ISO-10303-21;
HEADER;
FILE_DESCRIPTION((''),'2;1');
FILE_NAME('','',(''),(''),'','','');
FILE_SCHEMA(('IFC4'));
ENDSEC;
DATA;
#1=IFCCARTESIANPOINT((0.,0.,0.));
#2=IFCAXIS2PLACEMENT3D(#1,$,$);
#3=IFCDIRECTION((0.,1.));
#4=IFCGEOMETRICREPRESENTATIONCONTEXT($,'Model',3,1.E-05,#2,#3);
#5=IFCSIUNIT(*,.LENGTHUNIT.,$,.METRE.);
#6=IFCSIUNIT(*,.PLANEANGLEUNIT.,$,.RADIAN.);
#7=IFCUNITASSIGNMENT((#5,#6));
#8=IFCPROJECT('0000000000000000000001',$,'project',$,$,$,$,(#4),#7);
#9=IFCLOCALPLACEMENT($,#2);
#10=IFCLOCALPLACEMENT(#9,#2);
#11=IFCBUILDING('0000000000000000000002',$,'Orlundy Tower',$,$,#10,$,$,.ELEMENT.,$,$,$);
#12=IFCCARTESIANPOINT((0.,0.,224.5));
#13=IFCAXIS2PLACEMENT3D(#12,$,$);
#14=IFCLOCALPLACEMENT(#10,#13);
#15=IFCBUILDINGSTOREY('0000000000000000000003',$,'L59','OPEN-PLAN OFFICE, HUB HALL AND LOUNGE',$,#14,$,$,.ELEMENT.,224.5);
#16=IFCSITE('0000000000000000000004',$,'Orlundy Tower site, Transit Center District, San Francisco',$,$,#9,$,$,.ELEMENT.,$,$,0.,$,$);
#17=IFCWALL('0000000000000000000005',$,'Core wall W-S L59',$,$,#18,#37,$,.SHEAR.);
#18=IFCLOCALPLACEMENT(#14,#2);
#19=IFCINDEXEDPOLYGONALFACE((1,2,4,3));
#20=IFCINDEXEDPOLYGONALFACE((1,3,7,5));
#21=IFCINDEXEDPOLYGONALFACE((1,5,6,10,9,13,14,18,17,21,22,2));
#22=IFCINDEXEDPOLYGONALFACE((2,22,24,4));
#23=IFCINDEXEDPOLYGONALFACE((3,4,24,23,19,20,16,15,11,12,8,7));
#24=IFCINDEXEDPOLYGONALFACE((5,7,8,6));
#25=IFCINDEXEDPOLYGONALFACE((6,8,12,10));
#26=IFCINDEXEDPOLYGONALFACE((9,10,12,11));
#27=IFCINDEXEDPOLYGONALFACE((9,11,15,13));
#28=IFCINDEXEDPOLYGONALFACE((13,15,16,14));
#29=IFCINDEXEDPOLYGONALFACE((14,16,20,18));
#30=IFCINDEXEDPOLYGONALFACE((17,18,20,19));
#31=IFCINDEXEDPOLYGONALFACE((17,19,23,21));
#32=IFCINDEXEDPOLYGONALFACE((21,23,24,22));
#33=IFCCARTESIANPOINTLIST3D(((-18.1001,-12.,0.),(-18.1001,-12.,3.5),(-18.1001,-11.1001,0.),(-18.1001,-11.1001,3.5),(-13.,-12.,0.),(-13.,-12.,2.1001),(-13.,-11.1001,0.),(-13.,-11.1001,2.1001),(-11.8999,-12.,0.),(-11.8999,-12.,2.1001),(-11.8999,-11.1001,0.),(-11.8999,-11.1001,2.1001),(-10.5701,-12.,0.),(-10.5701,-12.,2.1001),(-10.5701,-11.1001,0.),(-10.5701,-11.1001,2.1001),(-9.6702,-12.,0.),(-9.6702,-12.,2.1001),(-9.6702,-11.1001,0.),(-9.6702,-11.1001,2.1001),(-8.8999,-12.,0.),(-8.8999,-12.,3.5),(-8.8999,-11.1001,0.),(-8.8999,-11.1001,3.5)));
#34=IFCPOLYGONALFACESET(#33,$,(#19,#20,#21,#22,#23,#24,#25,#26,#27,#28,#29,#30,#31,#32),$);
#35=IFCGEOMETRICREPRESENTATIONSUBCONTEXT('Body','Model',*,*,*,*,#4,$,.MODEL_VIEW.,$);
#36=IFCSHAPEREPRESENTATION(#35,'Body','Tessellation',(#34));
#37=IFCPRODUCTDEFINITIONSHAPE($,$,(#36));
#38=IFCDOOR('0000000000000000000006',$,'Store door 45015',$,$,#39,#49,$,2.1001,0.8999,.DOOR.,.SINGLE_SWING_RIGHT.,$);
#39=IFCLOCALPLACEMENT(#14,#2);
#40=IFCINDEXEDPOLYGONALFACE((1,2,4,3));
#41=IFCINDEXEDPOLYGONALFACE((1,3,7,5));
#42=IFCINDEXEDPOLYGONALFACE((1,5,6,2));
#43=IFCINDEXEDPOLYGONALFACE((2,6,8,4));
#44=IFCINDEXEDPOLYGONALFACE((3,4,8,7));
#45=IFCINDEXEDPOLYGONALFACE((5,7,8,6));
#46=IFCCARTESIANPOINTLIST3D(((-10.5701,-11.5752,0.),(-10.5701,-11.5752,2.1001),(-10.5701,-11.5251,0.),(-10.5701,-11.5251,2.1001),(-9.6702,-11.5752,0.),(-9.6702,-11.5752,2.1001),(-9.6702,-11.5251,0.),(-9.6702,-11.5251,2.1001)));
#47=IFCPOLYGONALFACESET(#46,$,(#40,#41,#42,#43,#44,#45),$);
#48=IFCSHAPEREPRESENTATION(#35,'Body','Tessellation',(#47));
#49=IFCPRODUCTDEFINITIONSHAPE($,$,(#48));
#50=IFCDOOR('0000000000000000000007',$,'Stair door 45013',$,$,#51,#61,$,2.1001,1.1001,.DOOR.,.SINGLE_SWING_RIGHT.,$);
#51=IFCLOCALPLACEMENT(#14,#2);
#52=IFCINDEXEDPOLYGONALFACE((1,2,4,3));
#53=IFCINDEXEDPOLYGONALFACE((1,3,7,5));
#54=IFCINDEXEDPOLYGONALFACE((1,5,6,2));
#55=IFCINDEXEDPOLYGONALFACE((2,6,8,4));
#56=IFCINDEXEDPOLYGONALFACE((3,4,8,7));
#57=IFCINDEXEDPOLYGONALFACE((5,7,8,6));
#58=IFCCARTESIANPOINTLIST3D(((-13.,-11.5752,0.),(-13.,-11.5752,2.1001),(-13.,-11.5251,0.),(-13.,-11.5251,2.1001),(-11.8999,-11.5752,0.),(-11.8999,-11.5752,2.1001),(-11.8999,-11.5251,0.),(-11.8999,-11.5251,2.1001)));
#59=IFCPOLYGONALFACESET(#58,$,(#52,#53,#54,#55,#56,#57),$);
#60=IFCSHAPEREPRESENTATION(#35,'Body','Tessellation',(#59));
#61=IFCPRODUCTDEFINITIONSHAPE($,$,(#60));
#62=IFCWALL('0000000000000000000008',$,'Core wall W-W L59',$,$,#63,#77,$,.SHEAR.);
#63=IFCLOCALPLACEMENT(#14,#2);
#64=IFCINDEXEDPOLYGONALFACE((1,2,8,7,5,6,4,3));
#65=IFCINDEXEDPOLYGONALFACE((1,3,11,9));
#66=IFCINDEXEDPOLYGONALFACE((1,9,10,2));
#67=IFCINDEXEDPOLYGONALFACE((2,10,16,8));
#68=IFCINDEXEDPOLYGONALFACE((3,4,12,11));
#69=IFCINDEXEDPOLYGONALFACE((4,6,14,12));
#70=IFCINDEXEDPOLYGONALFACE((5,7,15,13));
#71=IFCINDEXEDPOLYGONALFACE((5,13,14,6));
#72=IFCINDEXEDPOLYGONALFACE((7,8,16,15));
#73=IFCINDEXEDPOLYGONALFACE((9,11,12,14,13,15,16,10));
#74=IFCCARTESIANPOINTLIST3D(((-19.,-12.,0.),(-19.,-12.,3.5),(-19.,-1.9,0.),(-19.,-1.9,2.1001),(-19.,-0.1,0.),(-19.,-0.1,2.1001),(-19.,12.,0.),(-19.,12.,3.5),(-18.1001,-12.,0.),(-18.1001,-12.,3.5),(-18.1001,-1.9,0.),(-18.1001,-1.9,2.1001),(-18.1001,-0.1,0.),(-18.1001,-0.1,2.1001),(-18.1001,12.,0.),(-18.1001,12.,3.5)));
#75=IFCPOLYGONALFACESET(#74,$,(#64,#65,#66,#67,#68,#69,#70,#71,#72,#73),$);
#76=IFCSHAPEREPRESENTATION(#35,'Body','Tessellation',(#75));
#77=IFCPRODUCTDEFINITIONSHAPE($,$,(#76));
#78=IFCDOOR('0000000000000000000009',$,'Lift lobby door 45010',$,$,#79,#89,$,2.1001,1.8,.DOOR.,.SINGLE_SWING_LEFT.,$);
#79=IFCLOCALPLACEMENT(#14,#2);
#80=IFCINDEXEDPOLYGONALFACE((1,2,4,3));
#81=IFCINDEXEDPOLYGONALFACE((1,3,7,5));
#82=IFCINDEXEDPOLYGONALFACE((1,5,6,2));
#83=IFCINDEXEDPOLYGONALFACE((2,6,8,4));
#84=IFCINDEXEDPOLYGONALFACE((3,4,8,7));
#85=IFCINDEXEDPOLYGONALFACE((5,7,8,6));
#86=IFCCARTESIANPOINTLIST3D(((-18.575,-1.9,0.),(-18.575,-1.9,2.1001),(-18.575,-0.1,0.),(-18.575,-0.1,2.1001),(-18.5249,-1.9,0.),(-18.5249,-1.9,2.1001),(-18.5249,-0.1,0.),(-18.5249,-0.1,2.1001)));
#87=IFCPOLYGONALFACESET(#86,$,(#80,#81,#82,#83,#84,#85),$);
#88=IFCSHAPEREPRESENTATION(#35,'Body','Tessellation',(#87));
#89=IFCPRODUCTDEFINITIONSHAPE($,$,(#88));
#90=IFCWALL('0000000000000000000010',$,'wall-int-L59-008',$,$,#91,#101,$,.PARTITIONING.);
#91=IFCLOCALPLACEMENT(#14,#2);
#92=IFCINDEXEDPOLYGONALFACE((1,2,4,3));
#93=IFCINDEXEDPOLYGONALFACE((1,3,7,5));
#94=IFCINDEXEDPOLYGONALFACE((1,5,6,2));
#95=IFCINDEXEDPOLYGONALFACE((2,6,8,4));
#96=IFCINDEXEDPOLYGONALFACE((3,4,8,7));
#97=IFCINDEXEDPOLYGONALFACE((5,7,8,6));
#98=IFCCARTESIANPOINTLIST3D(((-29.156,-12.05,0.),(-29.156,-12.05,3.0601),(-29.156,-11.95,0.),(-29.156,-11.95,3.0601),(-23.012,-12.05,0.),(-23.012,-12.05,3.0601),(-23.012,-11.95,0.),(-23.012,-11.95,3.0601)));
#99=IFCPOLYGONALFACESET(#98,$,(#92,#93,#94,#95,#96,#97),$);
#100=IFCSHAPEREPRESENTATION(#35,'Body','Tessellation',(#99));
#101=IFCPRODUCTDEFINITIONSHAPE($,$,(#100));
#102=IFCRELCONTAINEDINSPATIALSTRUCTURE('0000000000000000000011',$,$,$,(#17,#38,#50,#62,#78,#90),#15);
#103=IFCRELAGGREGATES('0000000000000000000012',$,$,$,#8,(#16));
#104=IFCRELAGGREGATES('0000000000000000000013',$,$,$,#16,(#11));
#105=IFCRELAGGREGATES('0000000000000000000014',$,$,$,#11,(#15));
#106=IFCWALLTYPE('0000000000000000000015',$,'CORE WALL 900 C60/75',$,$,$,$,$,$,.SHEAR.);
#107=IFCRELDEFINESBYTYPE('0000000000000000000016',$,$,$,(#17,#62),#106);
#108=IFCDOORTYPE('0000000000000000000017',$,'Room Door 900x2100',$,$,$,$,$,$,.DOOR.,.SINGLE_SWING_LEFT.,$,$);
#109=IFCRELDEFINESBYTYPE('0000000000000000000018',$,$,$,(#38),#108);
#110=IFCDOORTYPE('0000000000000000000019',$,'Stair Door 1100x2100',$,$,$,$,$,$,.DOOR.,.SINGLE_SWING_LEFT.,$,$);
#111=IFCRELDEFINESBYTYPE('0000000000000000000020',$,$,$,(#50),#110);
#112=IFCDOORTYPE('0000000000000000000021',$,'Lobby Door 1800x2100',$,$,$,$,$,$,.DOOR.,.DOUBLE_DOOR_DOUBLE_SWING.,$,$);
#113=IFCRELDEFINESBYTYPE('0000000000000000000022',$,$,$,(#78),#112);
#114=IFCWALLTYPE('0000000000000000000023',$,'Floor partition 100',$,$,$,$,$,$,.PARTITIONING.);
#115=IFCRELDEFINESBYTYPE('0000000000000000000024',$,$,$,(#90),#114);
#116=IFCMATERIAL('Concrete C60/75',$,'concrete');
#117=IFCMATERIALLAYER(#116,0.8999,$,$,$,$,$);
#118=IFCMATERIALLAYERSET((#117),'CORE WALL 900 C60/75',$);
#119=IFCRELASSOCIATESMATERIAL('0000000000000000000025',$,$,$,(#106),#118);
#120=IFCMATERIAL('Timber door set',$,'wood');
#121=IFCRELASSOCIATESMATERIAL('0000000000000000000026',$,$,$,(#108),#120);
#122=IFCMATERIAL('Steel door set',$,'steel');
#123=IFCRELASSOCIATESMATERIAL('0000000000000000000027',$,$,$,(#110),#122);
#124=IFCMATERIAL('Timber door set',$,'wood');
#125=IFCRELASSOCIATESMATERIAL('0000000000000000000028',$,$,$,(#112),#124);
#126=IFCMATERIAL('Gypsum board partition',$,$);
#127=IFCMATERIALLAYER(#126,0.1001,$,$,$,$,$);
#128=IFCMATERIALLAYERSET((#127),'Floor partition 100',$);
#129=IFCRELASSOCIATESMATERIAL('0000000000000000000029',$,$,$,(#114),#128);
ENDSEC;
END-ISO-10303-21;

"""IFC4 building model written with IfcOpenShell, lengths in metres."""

from ifc_helpers import new_model, si_unit, direction, frame, frame_2d, origin, place, context, subcontext, project, spatial, rectangle, extrude, material, layer, layer_set, type_object, element, fill, save


model = new_model("IFC4")

# Units and contexts
model_context = context("Model", 3, precision=1e-05, world=origin(), true_north=direction((0.0, 1.0)))
body_context = subcontext(model_context, "Body", "Model", "MODEL_VIEW")
ifc_project = project(units=[si_unit("LENGTHUNIT", "METRE"), si_unit("PLANEANGLEUNIT", "RADIAN")], contexts=[model_context])

# Site, building, storey
site_placement = place(None, origin())
site = spatial("IfcSite", under=ifc_project, at=site_placement, Name="Orlundy Tower site, Transit Center District, San Francisco", CompositionType="ELEMENT", RefElevation=0.0)
building_placement = place(site_placement, origin())
building = spatial("IfcBuilding", under=site, at=building_placement, Name="Orlundy Tower", CompositionType="ELEMENT")
storey_placement = place(building_placement, frame((0.0, 0.0, 224.5)))
storey = spatial("IfcBuildingStorey", under=building, at=storey_placement, Name="L59", Description="OPEN-PLAN OFFICE, HUB HALL AND LOUNGE", CompositionType="ELEMENT", Elevation=224.5)

# Wall, openings, doors
ifc_material_1 = material(Name="Concrete C60/75", Category="concrete")
ifc_layer_1 = layer(ifc_material_1, 0.8999)
ifc_layer_set_1 = layer_set([ifc_layer_1], Name="CORE WALL 900 C60/75")
wall_type_1 = type_object("IfcWallType", Name="CORE WALL 900 C60/75", PredefinedType="SHEAR", material=ifc_layer_set_1)
wall_1_placement = place(storey_placement, frame((-18.1001, -11.55, 0.0), z_axis=(0.0, 0.0, 1.0), x_axis=(1.0, 0.0, 0.0)))
wall_1 = element("IfcWall", 1, at=wall_1_placement, inside=storey, type_object=wall_type_1, Name="Core wall W-S L59", PredefinedType="SHEAR", context=body_context, shape_type="SweptSolid", body=[
    extrude(rectangle(XDim=9.2002, YDim=0.8999, at=frame_2d((4.6001, 0.0))), origin(), (0.0, 0.0, 1.0), 3.5),
])
opening_1_placement = place(wall_1_placement, frame((5.1001, 0.0, 0.0)))
opening_1 = element("IfcOpeningElement", 2, at=opening_1_placement, cuts=wall_1, PredefinedType="OPENING", context=body_context, shape_type="SweptSolid", body=[
    extrude(rectangle(XDim=1.1001, YDim=2.1001, at=frame_2d((0.55, 1.05))), frame((0.0, 0.46, 0.0), z_axis=(0.0, -1.0, 0.0), x_axis=(1.0, 0.0, 0.0)), (0.0, 0.0, 1.0), 0.9199),
])
opening_2_placement = place(wall_1_placement, frame((7.53, 0.0, 0.0)))
opening_2 = element("IfcOpeningElement", 3, at=opening_2_placement, cuts=wall_1, PredefinedType="OPENING", context=body_context, shape_type="SweptSolid", body=[
    extrude(rectangle(XDim=0.8999, YDim=2.1001, at=frame_2d((0.45, 1.05))), frame((0.0, 0.46, 0.0), z_axis=(0.0, -1.0, 0.0), x_axis=(1.0, 0.0, 0.0)), (0.0, 0.0, 1.0), 0.9199),
])
ifc_material_2 = material(Name="Timber door set", Category="wood")
door_type_1 = type_object("IfcDoorType", Name="Room Door 900x2100", OperationType="SINGLE_SWING_LEFT", PredefinedType="DOOR", material=ifc_material_2)
door_1_placement = place(opening_2_placement, origin())
door_1 = element("IfcDoor", 4, at=door_1_placement, inside=storey, type_object=door_type_1, Name="Store door 45015", OperationType="SINGLE_SWING_RIGHT", OverallHeight=2.1001, OverallWidth=0.8999, PredefinedType="DOOR", context=body_context, shape_type="SweptSolid", body=[
    extrude(rectangle(XDim=0.8999, YDim=2.1001, at=frame_2d((0.45, 1.05))), frame((0.0, 0.0249, 0.0), z_axis=(0.0, -1.0, 0.0), x_axis=(1.0, 0.0, 0.0)), (0.0, 0.0, 1.0), 0.05),
])
fill(opening_2, door_1)
ifc_material_3 = material(Name="Steel door set", Category="steel")
door_type_2 = type_object("IfcDoorType", Name="Stair Door 1100x2100", OperationType="SINGLE_SWING_LEFT", PredefinedType="DOOR", material=ifc_material_3)
door_2_placement = place(opening_1_placement, origin())
door_2 = element("IfcDoor", 5, at=door_2_placement, inside=storey, type_object=door_type_2, Name="Stair door 45013", OperationType="SINGLE_SWING_RIGHT", OverallHeight=2.1001, OverallWidth=1.1001, PredefinedType="DOOR", context=body_context, shape_type="SweptSolid", body=[
    extrude(rectangle(XDim=1.1001, YDim=2.1001, at=frame_2d((0.55, 1.05))), frame((0.0, 0.0249, 0.0), z_axis=(0.0, -1.0, 0.0), x_axis=(1.0, 0.0, 0.0)), (0.0, 0.0, 1.0), 0.05),
])
fill(opening_1, door_2)

# Wall, opening, door
wall_2_placement = place(storey_placement, frame((-18.55, -12.0, 0.0), z_axis=(0.0, 0.0, 1.0), x_axis=(0.0, 1.0, 0.0)))
wall_2 = element("IfcWall", 6, at=wall_2_placement, inside=storey, type_object=wall_type_1, Name="Core wall W-W L59", PredefinedType="SHEAR", context=body_context, shape_type="SweptSolid", body=[
    extrude(rectangle(XDim=24.0, YDim=0.8999, at=frame_2d((12.0, 0.0))), origin(), (0.0, 0.0, 1.0), 3.5),
])
opening_3_placement = place(wall_2_placement, frame((10.1001, 0.0, 0.0)))
opening_3 = element("IfcOpeningElement", 7, at=opening_3_placement, cuts=wall_2, PredefinedType="OPENING", context=body_context, shape_type="SweptSolid", body=[
    extrude(rectangle(XDim=1.8, YDim=2.1001, at=frame_2d((0.8999, 1.05))), frame((0.0, 0.46, 0.0), z_axis=(0.0, -1.0, 0.0), x_axis=(1.0, 0.0, 0.0)), (0.0, 0.0, 1.0), 0.9199),
])
ifc_material_4 = material(Name="Timber door set", Category="wood")
door_type_3 = type_object("IfcDoorType", Name="Lobby Door 1800x2100", OperationType="DOUBLE_DOOR_DOUBLE_SWING", PredefinedType="DOOR", material=ifc_material_4)
door_3_placement = place(opening_3_placement, origin())
door_3 = element("IfcDoor", 8, at=door_3_placement, inside=storey, type_object=door_type_3, Name="Lift lobby door 45010", OperationType="SINGLE_SWING_LEFT", OverallHeight=2.1001, OverallWidth=1.8, PredefinedType="DOOR", context=body_context, shape_type="SweptSolid", body=[
    extrude(rectangle(XDim=1.8, YDim=2.1001, at=frame_2d((0.8999, 1.05))), frame((0.0, 0.0249, 0.0), z_axis=(0.0, -1.0, 0.0), x_axis=(1.0, 0.0, 0.0)), (0.0, 0.0, 1.0), 0.05),
])
fill(opening_3, door_3)

# Wall
ifc_material_5 = material(Name="Gypsum board partition")
ifc_layer_2 = layer(ifc_material_5, 0.1001)
ifc_layer_set_2 = layer_set([ifc_layer_2], Name="Floor partition 100")
wall_type_2 = type_object("IfcWallType", Name="Floor partition 100", PredefinedType="PARTITIONING", material=ifc_layer_set_2)
wall_3_placement = place(storey_placement, frame((-29.156, -12.0, 0.0), z_axis=(0.0, 0.0, 1.0), x_axis=(1.0, 0.0, 0.0)))
element("IfcWall", 9, at=wall_3_placement, inside=storey, type_object=wall_type_2, Name="wall-int-L59-008", PredefinedType="PARTITIONING", context=body_context, shape_type="SweptSolid", body=[
    extrude(rectangle(XDim=6.144, YDim=0.1001, at=frame_2d((3.072, 0.0))), origin(), (0.0, 0.0, 1.0), 3.0601),
])

save(model, "model.ifc")
